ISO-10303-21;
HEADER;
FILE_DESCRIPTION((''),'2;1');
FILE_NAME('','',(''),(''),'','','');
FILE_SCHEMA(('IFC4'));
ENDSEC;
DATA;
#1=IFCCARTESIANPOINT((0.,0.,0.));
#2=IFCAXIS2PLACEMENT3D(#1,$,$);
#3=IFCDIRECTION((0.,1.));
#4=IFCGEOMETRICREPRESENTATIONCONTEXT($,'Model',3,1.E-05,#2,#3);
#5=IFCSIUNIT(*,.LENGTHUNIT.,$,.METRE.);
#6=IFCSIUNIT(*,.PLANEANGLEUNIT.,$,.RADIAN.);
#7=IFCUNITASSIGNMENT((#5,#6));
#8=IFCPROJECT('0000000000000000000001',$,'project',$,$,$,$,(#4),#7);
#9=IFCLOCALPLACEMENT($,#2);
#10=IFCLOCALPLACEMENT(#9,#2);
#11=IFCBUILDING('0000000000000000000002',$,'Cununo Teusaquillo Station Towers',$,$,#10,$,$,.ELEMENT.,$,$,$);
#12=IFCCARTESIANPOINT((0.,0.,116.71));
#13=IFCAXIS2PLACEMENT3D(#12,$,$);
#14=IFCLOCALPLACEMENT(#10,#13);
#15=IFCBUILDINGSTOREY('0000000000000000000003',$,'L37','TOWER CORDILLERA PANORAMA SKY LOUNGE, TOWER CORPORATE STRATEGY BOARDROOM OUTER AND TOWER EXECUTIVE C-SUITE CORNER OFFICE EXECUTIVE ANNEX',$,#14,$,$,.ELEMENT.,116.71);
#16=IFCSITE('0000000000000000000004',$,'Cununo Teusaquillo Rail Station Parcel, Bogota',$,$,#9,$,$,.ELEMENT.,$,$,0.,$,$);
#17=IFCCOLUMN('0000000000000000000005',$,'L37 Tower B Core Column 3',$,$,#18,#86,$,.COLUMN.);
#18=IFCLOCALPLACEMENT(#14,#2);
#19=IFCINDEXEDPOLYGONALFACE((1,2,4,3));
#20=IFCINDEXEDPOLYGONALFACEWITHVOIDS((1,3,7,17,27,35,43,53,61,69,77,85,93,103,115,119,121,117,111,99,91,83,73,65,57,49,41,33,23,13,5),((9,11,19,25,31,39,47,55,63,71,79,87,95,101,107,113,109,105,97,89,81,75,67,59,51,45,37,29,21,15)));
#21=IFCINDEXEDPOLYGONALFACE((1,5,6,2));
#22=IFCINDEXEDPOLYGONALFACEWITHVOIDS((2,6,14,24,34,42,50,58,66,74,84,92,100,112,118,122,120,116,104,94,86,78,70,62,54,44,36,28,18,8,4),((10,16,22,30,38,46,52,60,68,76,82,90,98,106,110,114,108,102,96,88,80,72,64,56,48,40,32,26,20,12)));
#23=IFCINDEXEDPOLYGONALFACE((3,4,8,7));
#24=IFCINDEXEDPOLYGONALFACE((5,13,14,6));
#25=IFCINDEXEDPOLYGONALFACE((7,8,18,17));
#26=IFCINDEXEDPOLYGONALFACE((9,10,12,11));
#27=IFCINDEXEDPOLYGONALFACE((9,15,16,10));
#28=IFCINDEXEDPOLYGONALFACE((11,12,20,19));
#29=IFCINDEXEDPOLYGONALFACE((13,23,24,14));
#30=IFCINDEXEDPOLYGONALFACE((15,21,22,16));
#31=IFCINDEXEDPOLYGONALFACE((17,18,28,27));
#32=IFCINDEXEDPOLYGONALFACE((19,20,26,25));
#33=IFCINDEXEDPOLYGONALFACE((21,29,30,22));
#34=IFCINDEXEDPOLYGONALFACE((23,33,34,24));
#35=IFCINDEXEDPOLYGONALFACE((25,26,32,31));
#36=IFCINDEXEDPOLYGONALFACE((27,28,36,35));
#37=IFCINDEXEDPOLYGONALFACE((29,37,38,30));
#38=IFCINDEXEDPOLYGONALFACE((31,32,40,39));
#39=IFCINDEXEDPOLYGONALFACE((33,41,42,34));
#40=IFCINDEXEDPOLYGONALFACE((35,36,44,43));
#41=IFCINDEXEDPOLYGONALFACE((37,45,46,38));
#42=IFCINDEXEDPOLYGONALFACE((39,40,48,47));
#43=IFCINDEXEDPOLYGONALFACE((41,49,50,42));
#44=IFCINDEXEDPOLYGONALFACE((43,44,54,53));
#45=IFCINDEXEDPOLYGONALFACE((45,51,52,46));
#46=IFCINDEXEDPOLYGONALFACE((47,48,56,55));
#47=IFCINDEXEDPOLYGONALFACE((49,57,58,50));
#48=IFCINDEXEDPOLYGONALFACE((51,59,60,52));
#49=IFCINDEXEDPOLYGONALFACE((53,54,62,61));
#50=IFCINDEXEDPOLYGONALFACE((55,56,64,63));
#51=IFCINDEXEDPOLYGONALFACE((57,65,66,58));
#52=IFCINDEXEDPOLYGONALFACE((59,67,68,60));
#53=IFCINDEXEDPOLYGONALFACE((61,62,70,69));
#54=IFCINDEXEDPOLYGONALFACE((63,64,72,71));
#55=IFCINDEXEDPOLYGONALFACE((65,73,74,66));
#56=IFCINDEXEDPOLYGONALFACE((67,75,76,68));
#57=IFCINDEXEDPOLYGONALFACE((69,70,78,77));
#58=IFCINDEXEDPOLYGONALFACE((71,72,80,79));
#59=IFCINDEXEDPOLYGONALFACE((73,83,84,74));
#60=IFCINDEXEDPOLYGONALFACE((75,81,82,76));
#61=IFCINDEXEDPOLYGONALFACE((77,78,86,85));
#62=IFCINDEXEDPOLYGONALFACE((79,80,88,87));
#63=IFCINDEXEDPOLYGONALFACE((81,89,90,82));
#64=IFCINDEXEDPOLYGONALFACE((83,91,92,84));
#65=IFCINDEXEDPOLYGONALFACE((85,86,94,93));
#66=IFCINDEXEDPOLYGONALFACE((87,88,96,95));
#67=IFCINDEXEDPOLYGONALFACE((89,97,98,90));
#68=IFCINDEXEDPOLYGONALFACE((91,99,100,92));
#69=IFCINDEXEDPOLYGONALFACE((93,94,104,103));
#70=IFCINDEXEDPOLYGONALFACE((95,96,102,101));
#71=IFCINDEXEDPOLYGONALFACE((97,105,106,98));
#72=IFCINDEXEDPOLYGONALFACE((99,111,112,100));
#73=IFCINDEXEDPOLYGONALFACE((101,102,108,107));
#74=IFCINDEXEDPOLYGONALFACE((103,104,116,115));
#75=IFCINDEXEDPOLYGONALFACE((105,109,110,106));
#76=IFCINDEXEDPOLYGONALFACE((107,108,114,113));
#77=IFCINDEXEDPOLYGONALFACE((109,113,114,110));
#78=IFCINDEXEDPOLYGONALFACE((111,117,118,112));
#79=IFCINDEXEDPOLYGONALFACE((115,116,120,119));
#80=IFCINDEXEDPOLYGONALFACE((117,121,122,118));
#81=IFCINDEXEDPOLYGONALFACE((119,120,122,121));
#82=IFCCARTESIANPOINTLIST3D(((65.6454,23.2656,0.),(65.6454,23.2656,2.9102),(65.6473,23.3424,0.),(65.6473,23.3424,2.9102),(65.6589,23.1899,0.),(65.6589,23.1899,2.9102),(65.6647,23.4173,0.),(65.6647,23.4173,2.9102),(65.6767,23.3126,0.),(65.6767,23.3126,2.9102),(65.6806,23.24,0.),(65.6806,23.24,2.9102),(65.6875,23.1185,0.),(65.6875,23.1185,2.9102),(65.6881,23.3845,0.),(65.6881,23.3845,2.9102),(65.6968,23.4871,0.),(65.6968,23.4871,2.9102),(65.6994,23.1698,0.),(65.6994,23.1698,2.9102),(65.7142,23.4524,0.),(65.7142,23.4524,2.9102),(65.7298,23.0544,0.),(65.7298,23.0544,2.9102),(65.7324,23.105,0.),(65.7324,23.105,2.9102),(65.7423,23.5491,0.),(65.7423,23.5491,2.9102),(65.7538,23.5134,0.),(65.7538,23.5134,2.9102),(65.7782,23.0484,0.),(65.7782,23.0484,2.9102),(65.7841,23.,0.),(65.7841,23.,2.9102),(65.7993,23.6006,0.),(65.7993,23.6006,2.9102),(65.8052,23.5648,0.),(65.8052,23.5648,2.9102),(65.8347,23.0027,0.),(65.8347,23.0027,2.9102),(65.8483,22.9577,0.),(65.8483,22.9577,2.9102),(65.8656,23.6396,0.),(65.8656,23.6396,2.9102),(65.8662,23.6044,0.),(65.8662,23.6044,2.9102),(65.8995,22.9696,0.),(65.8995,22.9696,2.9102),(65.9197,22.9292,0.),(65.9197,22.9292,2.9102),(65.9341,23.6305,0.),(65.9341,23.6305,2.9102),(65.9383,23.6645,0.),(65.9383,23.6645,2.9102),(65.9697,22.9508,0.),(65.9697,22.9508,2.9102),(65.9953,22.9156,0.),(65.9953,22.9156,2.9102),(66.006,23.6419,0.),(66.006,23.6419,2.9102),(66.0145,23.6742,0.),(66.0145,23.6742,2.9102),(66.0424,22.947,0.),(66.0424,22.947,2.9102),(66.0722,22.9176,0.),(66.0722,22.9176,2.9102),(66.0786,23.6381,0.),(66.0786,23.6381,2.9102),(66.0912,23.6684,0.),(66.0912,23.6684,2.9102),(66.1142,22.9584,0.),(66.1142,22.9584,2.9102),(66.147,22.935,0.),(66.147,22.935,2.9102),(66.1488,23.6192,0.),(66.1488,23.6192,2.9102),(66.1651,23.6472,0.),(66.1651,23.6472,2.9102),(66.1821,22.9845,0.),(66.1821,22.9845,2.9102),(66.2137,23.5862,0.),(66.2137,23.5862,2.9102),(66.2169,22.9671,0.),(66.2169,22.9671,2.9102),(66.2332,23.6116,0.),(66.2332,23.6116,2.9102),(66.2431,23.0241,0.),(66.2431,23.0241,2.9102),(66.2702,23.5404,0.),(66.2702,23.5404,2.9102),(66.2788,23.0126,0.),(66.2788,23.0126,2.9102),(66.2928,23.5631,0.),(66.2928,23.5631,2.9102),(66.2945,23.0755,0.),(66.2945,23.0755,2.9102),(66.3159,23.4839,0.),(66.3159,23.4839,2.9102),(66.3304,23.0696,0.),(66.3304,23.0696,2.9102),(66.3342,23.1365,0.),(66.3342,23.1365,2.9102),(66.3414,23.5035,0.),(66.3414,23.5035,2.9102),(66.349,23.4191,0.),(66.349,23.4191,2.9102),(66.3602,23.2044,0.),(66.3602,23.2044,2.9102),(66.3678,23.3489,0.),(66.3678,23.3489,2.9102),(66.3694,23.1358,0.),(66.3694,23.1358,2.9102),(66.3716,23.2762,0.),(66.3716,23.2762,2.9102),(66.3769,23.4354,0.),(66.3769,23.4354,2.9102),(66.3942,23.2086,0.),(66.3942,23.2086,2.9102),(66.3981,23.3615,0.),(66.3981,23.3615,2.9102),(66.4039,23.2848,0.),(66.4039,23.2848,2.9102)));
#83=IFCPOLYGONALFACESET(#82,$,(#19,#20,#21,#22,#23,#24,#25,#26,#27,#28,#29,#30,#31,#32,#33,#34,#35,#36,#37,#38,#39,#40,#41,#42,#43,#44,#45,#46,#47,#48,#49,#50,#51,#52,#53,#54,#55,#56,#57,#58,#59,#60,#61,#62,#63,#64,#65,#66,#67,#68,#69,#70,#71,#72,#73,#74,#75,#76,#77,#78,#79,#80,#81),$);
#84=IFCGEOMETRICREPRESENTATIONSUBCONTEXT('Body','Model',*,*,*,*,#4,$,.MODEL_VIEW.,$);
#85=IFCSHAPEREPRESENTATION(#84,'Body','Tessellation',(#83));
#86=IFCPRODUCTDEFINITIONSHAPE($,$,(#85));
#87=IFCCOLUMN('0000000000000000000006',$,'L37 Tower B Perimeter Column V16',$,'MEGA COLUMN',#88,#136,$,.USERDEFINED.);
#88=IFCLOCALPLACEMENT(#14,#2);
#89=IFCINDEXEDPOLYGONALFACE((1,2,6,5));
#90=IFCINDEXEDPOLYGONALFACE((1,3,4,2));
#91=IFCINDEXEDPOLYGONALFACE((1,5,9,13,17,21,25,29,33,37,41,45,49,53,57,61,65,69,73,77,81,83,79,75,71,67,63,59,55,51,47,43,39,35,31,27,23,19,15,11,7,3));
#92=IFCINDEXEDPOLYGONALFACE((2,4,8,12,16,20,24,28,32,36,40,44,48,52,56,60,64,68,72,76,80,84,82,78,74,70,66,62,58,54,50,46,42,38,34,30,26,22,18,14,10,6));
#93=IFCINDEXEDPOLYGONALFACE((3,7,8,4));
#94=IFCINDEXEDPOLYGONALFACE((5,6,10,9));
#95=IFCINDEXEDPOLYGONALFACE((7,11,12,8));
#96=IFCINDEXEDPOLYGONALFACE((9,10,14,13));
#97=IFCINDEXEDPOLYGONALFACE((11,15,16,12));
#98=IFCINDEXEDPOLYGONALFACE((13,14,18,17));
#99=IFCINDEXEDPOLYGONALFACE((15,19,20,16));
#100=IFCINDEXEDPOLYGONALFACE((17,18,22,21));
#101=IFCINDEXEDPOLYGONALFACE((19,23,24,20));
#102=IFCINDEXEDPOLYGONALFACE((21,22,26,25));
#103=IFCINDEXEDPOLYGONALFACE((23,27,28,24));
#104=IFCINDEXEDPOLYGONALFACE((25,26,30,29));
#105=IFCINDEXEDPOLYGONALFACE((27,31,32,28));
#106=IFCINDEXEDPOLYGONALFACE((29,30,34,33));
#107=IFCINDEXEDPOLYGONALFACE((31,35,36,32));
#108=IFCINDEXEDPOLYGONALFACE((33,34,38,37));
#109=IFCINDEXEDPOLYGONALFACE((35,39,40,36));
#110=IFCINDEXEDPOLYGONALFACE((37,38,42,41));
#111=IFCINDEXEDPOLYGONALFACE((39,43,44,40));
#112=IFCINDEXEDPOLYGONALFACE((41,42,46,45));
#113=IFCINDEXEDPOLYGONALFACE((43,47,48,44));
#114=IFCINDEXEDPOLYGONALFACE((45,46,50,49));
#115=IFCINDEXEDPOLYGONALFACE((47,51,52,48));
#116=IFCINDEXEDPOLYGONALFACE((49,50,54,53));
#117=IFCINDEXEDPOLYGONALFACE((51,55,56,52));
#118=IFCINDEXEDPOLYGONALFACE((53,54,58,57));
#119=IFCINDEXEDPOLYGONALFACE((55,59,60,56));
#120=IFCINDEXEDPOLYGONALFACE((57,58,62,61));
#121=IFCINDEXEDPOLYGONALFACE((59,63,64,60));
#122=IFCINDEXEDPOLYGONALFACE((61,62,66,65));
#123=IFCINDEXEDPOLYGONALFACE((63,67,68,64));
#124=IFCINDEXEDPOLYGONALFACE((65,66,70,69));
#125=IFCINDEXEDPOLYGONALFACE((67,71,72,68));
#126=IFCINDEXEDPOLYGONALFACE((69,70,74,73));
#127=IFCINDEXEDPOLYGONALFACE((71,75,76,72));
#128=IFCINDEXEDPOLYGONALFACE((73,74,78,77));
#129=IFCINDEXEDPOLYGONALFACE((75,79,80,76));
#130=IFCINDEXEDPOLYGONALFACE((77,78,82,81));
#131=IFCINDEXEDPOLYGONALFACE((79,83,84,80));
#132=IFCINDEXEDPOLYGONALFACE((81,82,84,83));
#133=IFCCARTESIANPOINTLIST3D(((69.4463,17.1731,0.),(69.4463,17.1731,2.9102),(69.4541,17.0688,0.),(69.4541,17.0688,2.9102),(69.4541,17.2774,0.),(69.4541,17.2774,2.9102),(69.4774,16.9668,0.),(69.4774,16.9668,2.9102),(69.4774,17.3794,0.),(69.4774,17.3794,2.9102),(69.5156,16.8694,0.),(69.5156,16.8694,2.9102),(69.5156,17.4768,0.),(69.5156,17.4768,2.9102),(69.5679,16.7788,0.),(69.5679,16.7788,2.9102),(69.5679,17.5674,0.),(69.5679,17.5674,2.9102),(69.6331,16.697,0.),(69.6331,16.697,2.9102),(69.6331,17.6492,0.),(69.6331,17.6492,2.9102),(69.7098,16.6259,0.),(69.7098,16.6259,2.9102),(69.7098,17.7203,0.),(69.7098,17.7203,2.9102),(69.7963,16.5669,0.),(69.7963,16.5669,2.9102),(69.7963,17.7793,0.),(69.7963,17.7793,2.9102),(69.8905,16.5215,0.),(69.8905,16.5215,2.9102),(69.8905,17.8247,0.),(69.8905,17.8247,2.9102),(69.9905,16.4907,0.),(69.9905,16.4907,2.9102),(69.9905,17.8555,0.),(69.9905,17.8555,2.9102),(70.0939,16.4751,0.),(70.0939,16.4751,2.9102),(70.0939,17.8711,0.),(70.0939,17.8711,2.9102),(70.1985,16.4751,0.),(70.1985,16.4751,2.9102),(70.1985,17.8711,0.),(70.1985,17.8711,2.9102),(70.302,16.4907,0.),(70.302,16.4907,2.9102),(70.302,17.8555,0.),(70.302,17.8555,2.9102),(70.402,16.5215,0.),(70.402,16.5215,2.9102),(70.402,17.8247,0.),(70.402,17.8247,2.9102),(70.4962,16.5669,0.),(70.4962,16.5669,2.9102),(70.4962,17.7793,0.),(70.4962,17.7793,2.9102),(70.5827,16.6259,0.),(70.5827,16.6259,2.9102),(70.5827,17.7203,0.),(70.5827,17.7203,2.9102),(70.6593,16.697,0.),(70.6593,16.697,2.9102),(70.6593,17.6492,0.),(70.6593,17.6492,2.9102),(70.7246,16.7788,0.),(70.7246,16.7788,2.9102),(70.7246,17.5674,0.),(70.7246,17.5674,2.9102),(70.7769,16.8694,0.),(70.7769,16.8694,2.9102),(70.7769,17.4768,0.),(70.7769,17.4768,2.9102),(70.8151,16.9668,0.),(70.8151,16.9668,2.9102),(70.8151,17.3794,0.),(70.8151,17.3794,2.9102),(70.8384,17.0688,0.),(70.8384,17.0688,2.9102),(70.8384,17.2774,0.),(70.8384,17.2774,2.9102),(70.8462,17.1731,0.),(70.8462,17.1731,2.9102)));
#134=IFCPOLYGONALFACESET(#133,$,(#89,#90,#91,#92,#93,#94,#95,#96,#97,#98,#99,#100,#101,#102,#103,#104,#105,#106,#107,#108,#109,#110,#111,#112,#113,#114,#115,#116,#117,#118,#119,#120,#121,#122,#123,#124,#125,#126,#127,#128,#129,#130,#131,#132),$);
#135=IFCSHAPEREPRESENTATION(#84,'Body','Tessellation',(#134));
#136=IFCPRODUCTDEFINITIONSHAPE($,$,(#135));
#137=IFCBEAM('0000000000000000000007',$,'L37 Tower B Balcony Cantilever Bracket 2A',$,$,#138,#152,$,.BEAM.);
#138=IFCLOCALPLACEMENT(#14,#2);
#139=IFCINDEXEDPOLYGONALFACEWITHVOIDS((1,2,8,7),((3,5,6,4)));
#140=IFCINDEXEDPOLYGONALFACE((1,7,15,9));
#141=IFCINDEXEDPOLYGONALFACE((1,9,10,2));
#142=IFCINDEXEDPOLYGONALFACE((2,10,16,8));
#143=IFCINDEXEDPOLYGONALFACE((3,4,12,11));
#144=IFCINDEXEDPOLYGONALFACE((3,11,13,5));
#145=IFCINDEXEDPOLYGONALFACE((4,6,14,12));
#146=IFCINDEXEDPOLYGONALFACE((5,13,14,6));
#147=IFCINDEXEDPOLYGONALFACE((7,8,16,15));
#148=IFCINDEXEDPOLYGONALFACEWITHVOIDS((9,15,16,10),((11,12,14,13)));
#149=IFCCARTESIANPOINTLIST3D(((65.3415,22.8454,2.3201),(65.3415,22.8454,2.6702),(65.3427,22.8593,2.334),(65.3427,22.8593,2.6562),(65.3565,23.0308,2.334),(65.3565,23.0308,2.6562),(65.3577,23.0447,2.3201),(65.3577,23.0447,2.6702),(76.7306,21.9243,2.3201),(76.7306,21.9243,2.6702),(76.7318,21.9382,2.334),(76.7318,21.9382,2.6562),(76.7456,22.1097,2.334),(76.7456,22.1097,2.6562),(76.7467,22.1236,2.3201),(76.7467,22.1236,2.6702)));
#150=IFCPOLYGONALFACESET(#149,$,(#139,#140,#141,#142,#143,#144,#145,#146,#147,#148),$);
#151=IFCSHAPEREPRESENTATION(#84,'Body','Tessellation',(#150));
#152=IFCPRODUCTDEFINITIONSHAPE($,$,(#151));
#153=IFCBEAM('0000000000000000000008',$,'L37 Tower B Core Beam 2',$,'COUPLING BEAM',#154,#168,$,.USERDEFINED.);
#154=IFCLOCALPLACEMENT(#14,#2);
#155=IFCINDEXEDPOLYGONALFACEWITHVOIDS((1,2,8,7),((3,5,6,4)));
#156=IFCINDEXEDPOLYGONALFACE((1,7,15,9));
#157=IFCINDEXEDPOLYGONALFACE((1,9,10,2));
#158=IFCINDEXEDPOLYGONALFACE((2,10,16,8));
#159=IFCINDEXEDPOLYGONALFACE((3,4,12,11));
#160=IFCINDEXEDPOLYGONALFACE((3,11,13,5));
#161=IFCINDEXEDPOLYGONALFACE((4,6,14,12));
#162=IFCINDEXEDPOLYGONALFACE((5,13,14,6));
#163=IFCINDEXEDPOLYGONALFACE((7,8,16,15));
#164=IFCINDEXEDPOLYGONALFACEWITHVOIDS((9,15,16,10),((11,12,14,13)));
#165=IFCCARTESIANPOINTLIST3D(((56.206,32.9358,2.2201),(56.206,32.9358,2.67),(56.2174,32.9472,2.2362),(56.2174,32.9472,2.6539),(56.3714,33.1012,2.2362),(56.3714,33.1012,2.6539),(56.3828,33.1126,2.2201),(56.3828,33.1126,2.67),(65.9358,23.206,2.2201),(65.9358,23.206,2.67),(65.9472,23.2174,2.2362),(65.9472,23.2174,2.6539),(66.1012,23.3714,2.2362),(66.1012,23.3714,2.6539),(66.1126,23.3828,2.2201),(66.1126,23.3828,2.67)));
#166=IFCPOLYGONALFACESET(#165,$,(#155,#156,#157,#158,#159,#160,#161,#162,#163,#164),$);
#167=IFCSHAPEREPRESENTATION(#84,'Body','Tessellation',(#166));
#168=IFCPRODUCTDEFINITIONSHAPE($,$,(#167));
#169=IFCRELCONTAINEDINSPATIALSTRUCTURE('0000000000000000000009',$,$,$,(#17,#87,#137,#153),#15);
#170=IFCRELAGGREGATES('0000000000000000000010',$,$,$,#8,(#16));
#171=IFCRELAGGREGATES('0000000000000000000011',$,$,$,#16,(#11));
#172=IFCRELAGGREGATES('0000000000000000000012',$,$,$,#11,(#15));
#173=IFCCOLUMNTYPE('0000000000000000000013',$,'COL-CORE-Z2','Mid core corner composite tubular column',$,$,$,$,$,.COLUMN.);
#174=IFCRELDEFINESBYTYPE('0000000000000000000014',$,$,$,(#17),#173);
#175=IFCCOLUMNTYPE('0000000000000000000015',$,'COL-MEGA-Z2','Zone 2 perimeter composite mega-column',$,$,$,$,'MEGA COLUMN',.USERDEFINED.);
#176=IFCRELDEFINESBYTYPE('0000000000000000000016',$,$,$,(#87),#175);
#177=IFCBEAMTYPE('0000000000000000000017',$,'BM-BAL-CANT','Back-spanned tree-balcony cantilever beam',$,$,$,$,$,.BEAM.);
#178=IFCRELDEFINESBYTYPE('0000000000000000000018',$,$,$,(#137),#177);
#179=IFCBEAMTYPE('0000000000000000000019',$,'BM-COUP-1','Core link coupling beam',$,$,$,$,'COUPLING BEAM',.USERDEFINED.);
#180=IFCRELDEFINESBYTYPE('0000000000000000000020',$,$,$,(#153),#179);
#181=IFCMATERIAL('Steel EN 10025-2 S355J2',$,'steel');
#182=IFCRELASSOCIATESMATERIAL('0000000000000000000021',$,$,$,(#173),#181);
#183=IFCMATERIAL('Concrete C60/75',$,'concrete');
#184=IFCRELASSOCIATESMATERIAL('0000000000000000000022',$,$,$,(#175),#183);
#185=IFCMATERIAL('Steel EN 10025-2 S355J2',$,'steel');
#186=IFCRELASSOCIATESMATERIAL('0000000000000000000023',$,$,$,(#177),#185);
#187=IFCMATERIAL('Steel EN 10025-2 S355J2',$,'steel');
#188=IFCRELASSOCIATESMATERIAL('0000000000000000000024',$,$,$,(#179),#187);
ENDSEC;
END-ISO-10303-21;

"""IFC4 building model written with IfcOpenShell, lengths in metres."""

from ifc_helpers import new_model, si_unit, direction, frame, origin, origin_2d, place, context, subcontext, project, spatial, hollow_rectangle, circle, hollow_circle, extrude, material, material_profile, profile_set, type_object, element, save


model = new_model("IFC4")

# Units and contexts
model_context = context("Model", 3, precision=1e-05, world=origin(), true_north=direction((0.0, 1.0)))
body_context = subcontext(model_context, "Body", "Model", "MODEL_VIEW")
ifc_project = project(units=[si_unit("LENGTHUNIT", "METRE"), si_unit("PLANEANGLEUNIT", "RADIAN")], contexts=[model_context])

# Site, building, storey
site_placement = place(None, origin())
site = spatial("IfcSite", under=ifc_project, at=site_placement, Name="Cununo Teusaquillo Rail Station Parcel, Bogota", CompositionType="ELEMENT", RefElevation=0.0)
building_placement = place(site_placement, origin())
building = spatial("IfcBuilding", under=site, at=building_placement, Name="Cununo Teusaquillo Station Towers", CompositionType="ELEMENT")
storey_placement = place(building_placement, frame((0.0, 0.0, 116.71)))
storey = spatial("IfcBuildingStorey", under=building, at=storey_placement, Name="L37", Description="TOWER CORDILLERA PANORAMA SKY LOUNGE, TOWER CORPORATE STRATEGY BOARDROOM OUTER AND TOWER EXECUTIVE C-SUITE CORNER OFFICE EXECUTIVE ANNEX", CompositionType="ELEMENT", Elevation=116.71)

# Columns
ifc_material_1 = material(Name="Steel EN 10025-2 S355J2", Category="steel")
ifc_material_profile_1 = material_profile(ifc_material_1, hollow_circle(Radius=0.3799, WallThickness=0.032, at=origin_2d()), Name="CHS 760x32")
ifc_profile_set_1 = profile_set([ifc_material_profile_1], Name="Steel EN 10025-2 S355J2")
column_type_1 = type_object("IfcColumnType", Name="COL-CORE-Z2", Description="Mid core corner composite tubular column", PredefinedType="COLUMN", material=ifc_profile_set_1)
column_1_placement = place(storey_placement, frame((66.0242, 23.2944, 0.0), z_axis=(0.0, 0.0, 1.0), x_axis=(0.707107, 0.707107, 0.0)))
element("IfcColumn", 1, at=column_1_placement, inside=storey, type_object=column_type_1, Name="L37 Tower B Core Column 3", PredefinedType="COLUMN", context=body_context, shape_type="SweptSolid", body=[
    extrude(hollow_circle(Radius=0.3799, WallThickness=0.032, at=origin_2d()), origin(), (0.0, 0.0, 1.0), 2.9102),
])
ifc_material_2 = material(Name="Concrete C60/75", Category="concrete")
ifc_material_profile_2 = material_profile(ifc_material_2, circle(Radius=0.7, at=origin_2d()), Name="RC-CIRC-1400")
ifc_profile_set_2 = profile_set([ifc_material_profile_2], Name="Concrete C60/75")
column_type_2 = type_object("IfcColumnType", Name="COL-MEGA-Z2", Description="Zone 2 perimeter composite mega-column", ElementType="MEGA COLUMN", PredefinedType="USERDEFINED", material=ifc_profile_set_2)
column_2_placement = place(storey_placement, frame((70.1462, 17.1731, 0.0), z_axis=(0.0, 0.0, 1.0), x_axis=(1.0, 0.0, 0.0)))
element("IfcColumn", 2, at=column_2_placement, inside=storey, type_object=column_type_2, Name="L37 Tower B Perimeter Column V16", ObjectType="MEGA COLUMN", PredefinedType="USERDEFINED", context=body_context, shape_type="SweptSolid", body=[
    extrude(circle(Radius=0.7, at=origin_2d()), origin(), (0.0, 0.0, 1.0), 2.9102),
])

# Beams
ifc_material_3 = material(Name="Steel EN 10025-2 S355J2", Category="steel")
ifc_material_profile_3 = material_profile(ifc_material_3, hollow_rectangle(XDim=0.2, YDim=0.3501, WallThickness=0.0139, at=origin_2d()), Name="RHS 350x200x14")
ifc_profile_set_3 = profile_set([ifc_material_profile_3], Name="Steel EN 10025-2 S355J2")
beam_type_1 = type_object("IfcBeamType", Name="BM-BAL-CANT", Description="Back-spanned tree-balcony cantilever beam", PredefinedType="BEAM", material=ifc_profile_set_3)
beam_1_placement = place(storey_placement, frame((65.3496, 22.9451, 2.4951), z_axis=(0.996745, -0.080616, 0.0), x_axis=(0.080616, 0.996745, 0.0)))
element("IfcBeam", 3, at=beam_1_placement, inside=storey, type_object=beam_type_1, Name="L37 Tower B Balcony Cantilever Bracket 2A", PredefinedType="BEAM", context=body_context, shape_type="SweptSolid", body=[
    extrude(hollow_rectangle(XDim=0.2, YDim=0.3501, WallThickness=0.0139, at=origin_2d()), origin(), (0.0, 0.0, 1.0), 11.4263),
])
ifc_material_4 = material(Name="Steel EN 10025-2 S355J2", Category="steel")
ifc_material_profile_4 = material_profile(ifc_material_4, hollow_rectangle(XDim=0.25, YDim=0.45, WallThickness=0.0161, at=origin_2d()), Name="RHS 450x250x16")
ifc_profile_set_4 = profile_set([ifc_material_profile_4], Name="Steel EN 10025-2 S355J2")
beam_type_2 = type_object("IfcBeamType", Name="BM-COUP-1", Description="Core link coupling beam", ElementType="COUPLING BEAM", PredefinedType="USERDEFINED", material=ifc_profile_set_4)
beam_2_placement = place(storey_placement, frame((66.0242, 23.2944, 2.4451), z_axis=(-0.707107, 0.707107, 0.0), x_axis=(-0.707107, -0.707107, 0.0)))
element("IfcBeam", 4, at=beam_2_placement, inside=storey, type_object=beam_type_2, Name="L37 Tower B Core Beam 2", ObjectType="COUPLING BEAM", PredefinedType="USERDEFINED", context=body_context, shape_type="SweptSolid", body=[
    extrude(hollow_rectangle(XDim=0.25, YDim=0.45, WallThickness=0.0161, at=origin_2d()), origin(), (0.0, 0.0, 1.0), 13.76),
])

save(model, "model.ifc")
